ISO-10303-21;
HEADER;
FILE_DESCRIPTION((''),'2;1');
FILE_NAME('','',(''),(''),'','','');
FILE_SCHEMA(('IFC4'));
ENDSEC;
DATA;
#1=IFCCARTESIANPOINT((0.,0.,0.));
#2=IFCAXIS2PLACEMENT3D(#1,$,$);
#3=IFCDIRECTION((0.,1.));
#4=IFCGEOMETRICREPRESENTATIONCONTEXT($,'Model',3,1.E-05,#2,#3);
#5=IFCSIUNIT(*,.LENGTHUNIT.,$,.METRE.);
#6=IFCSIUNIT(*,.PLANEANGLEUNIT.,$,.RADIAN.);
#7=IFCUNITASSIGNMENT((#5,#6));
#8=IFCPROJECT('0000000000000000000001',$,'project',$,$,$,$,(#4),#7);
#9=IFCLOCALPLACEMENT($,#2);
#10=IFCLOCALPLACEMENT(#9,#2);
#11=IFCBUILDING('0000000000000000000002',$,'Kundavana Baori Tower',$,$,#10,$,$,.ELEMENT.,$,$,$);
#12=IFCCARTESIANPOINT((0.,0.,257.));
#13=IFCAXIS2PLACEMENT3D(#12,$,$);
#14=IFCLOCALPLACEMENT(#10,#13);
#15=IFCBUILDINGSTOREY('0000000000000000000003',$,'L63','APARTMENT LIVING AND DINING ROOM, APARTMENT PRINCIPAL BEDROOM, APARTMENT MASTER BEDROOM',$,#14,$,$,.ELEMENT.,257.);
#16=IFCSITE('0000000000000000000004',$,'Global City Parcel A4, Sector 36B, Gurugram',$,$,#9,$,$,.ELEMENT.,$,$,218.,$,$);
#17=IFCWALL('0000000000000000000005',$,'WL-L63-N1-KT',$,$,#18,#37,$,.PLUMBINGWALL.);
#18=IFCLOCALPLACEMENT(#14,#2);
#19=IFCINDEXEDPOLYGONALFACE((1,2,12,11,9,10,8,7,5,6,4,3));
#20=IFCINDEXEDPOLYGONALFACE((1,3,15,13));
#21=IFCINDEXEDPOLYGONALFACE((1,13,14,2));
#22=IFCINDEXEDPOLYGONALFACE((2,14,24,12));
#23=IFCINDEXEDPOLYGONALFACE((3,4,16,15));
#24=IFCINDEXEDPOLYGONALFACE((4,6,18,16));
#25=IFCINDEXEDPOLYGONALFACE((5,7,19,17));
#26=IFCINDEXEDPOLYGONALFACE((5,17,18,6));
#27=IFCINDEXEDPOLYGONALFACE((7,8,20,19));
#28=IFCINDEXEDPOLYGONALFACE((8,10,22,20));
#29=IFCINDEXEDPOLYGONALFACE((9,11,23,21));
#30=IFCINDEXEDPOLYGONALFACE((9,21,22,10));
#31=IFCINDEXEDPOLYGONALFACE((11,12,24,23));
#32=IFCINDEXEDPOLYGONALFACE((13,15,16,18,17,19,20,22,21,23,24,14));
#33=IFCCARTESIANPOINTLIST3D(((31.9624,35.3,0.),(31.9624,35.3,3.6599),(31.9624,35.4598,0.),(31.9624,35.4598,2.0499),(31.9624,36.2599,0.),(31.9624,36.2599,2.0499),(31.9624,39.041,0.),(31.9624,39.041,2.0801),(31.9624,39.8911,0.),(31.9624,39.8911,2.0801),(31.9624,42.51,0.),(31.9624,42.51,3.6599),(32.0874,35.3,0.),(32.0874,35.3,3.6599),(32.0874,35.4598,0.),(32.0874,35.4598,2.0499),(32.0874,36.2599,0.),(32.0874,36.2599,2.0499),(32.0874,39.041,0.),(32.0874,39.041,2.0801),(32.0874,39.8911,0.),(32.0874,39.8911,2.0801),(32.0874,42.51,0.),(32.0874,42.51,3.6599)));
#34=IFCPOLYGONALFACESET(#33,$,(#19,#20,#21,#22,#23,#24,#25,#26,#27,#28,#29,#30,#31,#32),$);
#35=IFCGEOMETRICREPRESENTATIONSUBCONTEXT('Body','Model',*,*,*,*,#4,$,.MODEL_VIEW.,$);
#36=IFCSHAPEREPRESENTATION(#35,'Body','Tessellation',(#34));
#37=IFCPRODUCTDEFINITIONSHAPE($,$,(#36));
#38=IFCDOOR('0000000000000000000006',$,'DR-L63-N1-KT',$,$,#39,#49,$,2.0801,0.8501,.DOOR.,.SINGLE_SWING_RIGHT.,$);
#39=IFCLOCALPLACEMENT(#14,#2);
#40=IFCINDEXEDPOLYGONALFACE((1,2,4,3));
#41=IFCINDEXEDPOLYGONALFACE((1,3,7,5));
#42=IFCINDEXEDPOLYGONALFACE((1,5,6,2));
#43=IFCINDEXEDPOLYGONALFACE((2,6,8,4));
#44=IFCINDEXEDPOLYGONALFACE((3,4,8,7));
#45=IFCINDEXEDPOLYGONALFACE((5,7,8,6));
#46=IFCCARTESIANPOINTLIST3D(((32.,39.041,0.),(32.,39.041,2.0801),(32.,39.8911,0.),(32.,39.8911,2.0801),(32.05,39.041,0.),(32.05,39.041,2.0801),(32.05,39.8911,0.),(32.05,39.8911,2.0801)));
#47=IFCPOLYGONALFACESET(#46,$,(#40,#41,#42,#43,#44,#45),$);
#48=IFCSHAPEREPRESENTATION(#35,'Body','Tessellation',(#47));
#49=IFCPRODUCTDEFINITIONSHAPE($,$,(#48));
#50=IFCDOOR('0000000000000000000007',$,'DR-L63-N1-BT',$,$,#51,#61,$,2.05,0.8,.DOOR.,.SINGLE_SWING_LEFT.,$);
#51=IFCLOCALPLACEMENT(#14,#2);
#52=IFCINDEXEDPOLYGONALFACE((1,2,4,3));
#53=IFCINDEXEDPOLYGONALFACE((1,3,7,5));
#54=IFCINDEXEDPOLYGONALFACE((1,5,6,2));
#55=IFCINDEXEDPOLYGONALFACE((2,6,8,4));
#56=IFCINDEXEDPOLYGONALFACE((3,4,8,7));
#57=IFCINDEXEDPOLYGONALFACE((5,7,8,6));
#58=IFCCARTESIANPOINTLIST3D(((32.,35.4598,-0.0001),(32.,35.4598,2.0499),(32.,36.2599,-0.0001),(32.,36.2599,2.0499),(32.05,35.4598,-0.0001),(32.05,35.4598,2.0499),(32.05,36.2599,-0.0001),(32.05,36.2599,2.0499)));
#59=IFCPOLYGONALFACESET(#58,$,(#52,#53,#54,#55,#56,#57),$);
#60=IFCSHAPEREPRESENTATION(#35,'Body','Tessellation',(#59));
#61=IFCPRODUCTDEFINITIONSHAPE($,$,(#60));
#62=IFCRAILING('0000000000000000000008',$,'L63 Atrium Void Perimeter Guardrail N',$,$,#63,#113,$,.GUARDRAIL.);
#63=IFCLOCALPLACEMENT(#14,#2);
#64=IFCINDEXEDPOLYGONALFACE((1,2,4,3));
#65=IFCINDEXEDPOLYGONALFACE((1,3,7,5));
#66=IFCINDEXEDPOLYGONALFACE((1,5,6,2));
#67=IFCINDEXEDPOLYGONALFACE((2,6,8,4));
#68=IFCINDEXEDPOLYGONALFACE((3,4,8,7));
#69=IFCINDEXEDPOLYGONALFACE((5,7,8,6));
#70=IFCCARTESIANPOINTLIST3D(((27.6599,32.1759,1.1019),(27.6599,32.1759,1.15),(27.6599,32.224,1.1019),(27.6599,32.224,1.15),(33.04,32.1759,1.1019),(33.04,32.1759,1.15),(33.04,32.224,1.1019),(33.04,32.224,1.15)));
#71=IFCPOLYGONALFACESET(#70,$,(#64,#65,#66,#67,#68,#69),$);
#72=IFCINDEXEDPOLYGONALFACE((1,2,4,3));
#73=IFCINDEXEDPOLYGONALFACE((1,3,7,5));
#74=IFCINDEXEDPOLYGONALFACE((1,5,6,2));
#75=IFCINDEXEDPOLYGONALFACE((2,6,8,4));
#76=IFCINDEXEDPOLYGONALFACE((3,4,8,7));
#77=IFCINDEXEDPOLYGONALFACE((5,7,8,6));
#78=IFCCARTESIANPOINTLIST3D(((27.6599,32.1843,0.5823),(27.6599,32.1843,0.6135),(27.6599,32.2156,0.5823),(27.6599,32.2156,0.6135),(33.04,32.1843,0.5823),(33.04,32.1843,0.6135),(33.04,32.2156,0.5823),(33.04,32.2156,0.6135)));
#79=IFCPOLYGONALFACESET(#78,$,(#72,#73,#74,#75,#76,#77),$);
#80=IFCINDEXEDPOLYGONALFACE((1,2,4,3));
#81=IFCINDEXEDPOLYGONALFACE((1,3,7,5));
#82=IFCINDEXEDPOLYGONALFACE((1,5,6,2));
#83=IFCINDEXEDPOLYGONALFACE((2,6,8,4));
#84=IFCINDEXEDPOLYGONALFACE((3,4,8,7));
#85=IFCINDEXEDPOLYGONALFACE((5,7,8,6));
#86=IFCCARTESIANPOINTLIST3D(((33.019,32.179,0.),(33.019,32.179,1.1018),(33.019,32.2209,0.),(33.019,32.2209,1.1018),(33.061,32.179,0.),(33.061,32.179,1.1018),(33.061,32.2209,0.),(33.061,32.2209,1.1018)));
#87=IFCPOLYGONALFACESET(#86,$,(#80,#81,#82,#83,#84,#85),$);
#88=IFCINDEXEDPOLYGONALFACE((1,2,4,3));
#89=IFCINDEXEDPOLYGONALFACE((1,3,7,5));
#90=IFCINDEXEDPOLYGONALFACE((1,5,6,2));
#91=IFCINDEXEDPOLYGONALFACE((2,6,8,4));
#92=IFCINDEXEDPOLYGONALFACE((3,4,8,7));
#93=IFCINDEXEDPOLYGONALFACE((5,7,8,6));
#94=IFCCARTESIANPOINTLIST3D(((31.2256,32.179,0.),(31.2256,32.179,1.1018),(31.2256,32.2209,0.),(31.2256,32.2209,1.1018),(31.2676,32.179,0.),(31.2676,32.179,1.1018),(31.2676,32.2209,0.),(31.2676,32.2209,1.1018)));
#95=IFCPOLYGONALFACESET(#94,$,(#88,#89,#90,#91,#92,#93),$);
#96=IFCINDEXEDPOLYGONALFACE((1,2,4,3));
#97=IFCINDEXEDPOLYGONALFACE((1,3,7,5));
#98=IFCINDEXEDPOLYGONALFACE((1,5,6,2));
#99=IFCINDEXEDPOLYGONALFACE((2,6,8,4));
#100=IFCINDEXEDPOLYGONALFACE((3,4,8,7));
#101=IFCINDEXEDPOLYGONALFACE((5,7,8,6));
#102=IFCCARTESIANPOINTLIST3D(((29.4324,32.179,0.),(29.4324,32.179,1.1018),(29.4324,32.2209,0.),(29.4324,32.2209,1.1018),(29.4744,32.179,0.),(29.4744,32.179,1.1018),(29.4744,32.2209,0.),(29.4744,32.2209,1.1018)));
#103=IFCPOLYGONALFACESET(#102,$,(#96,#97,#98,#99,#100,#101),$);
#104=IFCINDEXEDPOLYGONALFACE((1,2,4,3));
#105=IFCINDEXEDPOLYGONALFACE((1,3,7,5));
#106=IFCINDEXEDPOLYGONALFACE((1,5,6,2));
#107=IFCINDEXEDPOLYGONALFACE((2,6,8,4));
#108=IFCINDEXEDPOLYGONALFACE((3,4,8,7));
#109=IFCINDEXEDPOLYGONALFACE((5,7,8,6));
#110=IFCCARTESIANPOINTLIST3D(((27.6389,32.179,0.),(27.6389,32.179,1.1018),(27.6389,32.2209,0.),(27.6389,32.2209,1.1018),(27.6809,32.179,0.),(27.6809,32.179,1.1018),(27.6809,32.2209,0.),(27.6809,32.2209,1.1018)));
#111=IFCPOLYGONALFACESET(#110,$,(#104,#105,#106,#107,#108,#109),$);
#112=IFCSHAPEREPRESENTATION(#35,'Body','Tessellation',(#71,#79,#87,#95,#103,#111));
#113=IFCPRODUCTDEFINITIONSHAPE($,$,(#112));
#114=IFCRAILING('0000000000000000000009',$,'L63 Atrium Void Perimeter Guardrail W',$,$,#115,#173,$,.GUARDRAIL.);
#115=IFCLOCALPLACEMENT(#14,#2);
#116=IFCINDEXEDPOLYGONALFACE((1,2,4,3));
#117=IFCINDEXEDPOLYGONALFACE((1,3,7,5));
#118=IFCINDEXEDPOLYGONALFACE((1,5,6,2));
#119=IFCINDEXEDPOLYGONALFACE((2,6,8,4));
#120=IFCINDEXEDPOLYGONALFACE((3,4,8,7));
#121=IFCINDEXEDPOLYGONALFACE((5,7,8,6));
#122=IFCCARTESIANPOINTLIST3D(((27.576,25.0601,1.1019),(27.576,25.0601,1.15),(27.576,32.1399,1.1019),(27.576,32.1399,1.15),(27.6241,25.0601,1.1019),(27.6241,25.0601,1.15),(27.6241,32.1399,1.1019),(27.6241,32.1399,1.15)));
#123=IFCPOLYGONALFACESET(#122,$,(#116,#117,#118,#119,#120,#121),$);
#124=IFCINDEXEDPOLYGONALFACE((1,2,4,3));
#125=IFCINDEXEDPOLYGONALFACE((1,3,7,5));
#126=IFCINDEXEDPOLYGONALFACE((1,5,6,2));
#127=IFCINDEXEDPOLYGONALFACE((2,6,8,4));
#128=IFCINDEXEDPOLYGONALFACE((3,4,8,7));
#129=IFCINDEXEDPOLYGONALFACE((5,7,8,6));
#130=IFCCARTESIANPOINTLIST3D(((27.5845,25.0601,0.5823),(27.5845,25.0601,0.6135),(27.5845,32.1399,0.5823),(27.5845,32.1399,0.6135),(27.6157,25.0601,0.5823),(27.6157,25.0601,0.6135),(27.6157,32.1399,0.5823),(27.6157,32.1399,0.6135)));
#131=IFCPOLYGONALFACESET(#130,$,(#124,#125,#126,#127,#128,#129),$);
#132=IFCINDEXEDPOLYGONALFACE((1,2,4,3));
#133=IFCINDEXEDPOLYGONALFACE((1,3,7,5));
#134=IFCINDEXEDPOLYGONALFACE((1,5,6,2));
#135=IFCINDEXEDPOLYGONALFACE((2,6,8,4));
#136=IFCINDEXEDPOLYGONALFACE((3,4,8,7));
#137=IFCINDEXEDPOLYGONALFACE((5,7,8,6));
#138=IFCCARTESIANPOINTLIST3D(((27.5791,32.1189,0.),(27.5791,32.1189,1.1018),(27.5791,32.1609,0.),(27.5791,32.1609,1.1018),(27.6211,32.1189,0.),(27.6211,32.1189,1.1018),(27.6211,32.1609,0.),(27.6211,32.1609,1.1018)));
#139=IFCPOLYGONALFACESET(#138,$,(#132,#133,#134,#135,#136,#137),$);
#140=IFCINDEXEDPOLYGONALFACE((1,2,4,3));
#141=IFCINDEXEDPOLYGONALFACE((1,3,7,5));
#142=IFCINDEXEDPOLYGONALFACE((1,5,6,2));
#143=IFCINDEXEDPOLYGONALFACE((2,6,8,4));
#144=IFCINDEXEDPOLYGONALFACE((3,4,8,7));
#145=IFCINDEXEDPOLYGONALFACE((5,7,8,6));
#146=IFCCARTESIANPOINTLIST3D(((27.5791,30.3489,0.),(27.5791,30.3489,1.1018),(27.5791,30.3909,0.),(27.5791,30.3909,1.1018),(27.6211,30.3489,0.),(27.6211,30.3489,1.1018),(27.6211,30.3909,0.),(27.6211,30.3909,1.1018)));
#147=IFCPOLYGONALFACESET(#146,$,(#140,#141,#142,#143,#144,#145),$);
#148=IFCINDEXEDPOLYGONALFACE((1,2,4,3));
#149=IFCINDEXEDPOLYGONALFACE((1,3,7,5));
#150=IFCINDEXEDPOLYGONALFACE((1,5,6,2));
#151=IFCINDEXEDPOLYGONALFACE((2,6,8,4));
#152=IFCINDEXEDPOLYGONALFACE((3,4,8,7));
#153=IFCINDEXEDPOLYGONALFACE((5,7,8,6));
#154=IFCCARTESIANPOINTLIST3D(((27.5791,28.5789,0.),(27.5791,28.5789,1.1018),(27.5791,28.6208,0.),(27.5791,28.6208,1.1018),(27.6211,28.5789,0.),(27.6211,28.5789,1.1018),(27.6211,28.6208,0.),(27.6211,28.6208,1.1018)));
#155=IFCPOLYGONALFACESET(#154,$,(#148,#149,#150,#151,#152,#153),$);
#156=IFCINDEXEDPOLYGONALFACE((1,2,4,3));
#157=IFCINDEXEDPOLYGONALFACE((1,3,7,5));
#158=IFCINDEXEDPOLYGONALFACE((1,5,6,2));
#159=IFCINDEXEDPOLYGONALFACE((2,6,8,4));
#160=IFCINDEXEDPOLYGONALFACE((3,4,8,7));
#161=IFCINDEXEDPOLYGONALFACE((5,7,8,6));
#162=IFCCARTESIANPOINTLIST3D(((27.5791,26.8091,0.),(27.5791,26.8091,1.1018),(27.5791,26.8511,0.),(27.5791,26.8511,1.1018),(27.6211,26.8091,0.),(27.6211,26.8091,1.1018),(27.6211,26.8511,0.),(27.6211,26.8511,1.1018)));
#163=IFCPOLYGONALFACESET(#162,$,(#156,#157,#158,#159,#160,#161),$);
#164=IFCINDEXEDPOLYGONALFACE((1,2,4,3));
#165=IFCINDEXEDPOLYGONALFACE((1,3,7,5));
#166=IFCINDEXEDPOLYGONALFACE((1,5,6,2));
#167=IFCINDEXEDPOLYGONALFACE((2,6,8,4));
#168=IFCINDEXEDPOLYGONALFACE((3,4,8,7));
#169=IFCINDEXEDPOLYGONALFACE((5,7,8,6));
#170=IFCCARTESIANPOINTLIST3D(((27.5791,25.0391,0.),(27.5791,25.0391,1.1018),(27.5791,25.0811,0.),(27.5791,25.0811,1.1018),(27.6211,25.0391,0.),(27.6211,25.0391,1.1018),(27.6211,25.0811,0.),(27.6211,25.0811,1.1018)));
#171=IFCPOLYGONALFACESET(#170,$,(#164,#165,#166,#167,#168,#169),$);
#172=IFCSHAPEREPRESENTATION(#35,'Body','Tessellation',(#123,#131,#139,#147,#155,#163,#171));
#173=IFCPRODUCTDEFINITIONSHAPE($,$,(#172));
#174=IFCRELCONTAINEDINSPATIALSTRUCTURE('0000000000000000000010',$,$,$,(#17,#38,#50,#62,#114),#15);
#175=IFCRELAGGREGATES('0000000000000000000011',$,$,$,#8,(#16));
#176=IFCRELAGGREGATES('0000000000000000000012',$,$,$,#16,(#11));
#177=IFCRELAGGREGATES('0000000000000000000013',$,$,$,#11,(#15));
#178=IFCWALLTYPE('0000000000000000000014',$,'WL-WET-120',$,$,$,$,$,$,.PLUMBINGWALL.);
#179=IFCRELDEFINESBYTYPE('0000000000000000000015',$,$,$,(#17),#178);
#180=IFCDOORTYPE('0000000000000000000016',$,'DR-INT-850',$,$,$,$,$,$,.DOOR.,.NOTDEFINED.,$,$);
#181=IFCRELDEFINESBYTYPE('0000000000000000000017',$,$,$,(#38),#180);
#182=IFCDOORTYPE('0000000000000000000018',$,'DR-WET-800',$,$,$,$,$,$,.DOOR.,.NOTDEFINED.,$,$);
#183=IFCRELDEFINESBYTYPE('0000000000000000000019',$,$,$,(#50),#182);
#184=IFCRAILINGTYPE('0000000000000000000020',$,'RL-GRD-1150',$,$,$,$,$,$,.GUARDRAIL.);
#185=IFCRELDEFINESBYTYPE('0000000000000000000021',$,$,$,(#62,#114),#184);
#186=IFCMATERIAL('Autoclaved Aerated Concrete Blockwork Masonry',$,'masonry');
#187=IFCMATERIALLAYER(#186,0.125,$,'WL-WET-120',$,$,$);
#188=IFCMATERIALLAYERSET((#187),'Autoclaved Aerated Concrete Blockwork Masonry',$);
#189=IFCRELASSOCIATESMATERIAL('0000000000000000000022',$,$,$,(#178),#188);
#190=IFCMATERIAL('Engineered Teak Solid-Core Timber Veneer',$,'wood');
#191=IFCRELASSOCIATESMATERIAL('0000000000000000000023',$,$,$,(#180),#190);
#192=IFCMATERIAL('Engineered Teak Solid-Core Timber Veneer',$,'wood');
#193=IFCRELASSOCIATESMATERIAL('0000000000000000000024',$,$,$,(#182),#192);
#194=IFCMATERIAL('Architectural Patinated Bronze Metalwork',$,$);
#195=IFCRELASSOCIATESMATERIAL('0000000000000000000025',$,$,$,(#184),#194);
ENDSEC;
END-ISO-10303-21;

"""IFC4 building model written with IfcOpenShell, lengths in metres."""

from ifc_helpers import new_model, si_unit, direction, frame, frame_2d, origin, origin_2d, place, context, subcontext, project, spatial, rectangle, extrude, material, layer, layer_set, type_object, element, fill, save


model = new_model("IFC4")

# Units and contexts
model_context = context("Model", 3, precision=1e-05, world=origin(), true_north=direction((0.0, 1.0)))
body_context = subcontext(model_context, "Body", "Model", "MODEL_VIEW")
ifc_project = project(units=[si_unit("LENGTHUNIT", "METRE"), si_unit("PLANEANGLEUNIT", "RADIAN")], contexts=[model_context])

# Site, building, storey
site_placement = place(None, origin())
site = spatial("IfcSite", under=ifc_project, at=site_placement, Name="Global City Parcel A4, Sector 36B, Gurugram", CompositionType="ELEMENT", RefElevation=218.0)
building_placement = place(site_placement, origin())
building = spatial("IfcBuilding", under=site, at=building_placement, Name="Kundavana Baori Tower", CompositionType="ELEMENT")
storey_placement = place(building_placement, frame((0.0, 0.0, 257.0)))
storey = spatial("IfcBuildingStorey", under=building, at=storey_placement, Name="L63", Description="APARTMENT LIVING AND DINING ROOM, APARTMENT PRINCIPAL BEDROOM, APARTMENT MASTER BEDROOM", CompositionType="ELEMENT", Elevation=257.0)

# Wall, openings, doors
ifc_material_1 = material(Name="Autoclaved Aerated Concrete Blockwork Masonry", Category="masonry")
ifc_layer_1 = layer(ifc_material_1, 0.125, Name="WL-WET-120")
ifc_layer_set_1 = layer_set([ifc_layer_1], Name="Autoclaved Aerated Concrete Blockwork Masonry")
wall_type_1 = type_object("IfcWallType", Name="WL-WET-120", PredefinedType="PLUMBINGWALL", material=ifc_layer_set_1)
wall_1_placement = place(storey_placement, frame((32.0249, 35.3, 0.0), z_axis=(0.0, 0.0, 1.0), x_axis=(0.0, 1.0, 0.0)))
wall_1 = element("IfcWall", 1, at=wall_1_placement, inside=storey, type_object=wall_type_1, Name="WL-L63-N1-KT", PredefinedType="PLUMBINGWALL", context=body_context, shape_type="SweptSolid", body=[
    extrude(rectangle(XDim=7.21, YDim=0.125, at=frame_2d((3.605, 0.0))), origin(), (0.0, 0.0, 1.0), 3.6599),
])
opening_1_placement = place(wall_1_placement, frame((0.1599, 0.0, 0.0)))
opening_1 = element("IfcOpeningElement", 2, at=opening_1_placement, cuts=wall_1, PredefinedType="OPENING", context=body_context, shape_type="SweptSolid", body=[
    extrude(rectangle(XDim=0.8, YDim=2.05, at=frame_2d((0.3999, 1.0249))), frame((0.0, 0.0725, 0.0), z_axis=(0.0, -1.0, 0.0), x_axis=(1.0, 0.0, 0.0)), (0.0, 0.0, 1.0), 0.145),
])
opening_2_placement = place(wall_1_placement, frame((3.741, 0.0, 0.0)))
opening_2 = element("IfcOpeningElement", 3, at=opening_2_placement, cuts=wall_1, PredefinedType="OPENING", context=body_context, shape_type="SweptSolid", body=[
    extrude(rectangle(XDim=0.8501, YDim=2.0801, at=frame_2d((0.425, 1.04))), frame((0.0, 0.0725, 0.0), z_axis=(0.0, -1.0, 0.0), x_axis=(1.0, 0.0, 0.0)), (0.0, 0.0, 1.0), 0.145),
])
ifc_material_2 = material(Name="Engineered Teak Solid-Core Timber Veneer", Category="wood")
door_type_1 = type_object("IfcDoorType", Name="DR-INT-850", OperationType="NOTDEFINED", PredefinedType="DOOR", material=ifc_material_2)
door_1_placement = place(opening_2_placement, origin())
door_1 = element("IfcDoor", 4, at=door_1_placement, inside=storey, type_object=door_type_1, Name="DR-L63-N1-KT", OperationType="SINGLE_SWING_RIGHT", OverallHeight=2.0801, OverallWidth=0.8501, PredefinedType="DOOR", context=body_context, shape_type="SweptSolid", body=[
    extrude(rectangle(XDim=0.8501, YDim=2.0801, at=frame_2d((0.425, 1.04))), frame((0.0, 0.0249, 0.0), z_axis=(0.0, -1.0, 0.0), x_axis=(1.0, 0.0, 0.0)), (0.0, 0.0, 1.0), 0.05),
])
fill(opening_2, door_1)
ifc_material_3 = material(Name="Engineered Teak Solid-Core Timber Veneer", Category="wood")
door_type_2 = type_object("IfcDoorType", Name="DR-WET-800", OperationType="NOTDEFINED", PredefinedType="DOOR", material=ifc_material_3)
door_2_placement = place(opening_1_placement, origin())
door_2 = element("IfcDoor", 5, at=door_2_placement, inside=storey, type_object=door_type_2, Name="DR-L63-N1-BT", OperationType="SINGLE_SWING_LEFT", OverallHeight=2.05, OverallWidth=0.8, PredefinedType="DOOR", context=body_context, shape_type="SweptSolid", body=[
    extrude(rectangle(XDim=0.8, YDim=2.05, at=frame_2d((0.3999, 1.0249))), frame((0.0, 0.0249, 0.0), z_axis=(0.0, -1.0, 0.0), x_axis=(1.0, 0.0, 0.0)), (0.0, 0.0, 1.0), 0.05),
])
fill(opening_1, door_2)

# Railings
ifc_material_4 = material(Name="Architectural Patinated Bronze Metalwork")
railing_type = type_object("IfcRailingType", Name="RL-GRD-1150", PredefinedType="GUARDRAIL", material=ifc_material_4)
railing_1_placement = place(storey_placement, frame((33.04, 32.2, 0.0)))
element("IfcRailing", 6, at=railing_1_placement, inside=storey, type_object=railing_type, Name="L63 Atrium Void Perimeter Guardrail N", PredefinedType="GUARDRAIL", context=body_context, shape_type="SweptSolid", body=[
    extrude(rectangle(XDim=0.0481, YDim=0.0481, at=origin_2d()), frame((0.0, 0.0, 1.126), z_axis=(-1.0, 0.0, 0.0), x_axis=(0.0, -1.0, 0.0)), (0.0, 0.0, 1.0), 5.3801),
    extrude(rectangle(XDim=0.0312, YDim=0.0312, at=origin_2d()), frame((0.0, 0.0, 0.5979), z_axis=(-1.0, 0.0, 0.0), x_axis=(0.0, -1.0, 0.0)), (0.0, 0.0, 1.0), 5.3801),
    extrude(rectangle(XDim=0.042, YDim=0.042, at=origin_2d()), origin(), (0.0, 0.0, 1.0), 1.1018),
    extrude(rectangle(XDim=0.042, YDim=0.042, at=origin_2d()), frame((-1.7935, 0.0, 0.0)), (0.0, 0.0, 1.0), 1.1018),
    extrude(rectangle(XDim=0.042, YDim=0.042, at=origin_2d()), frame((-3.5867, 0.0, 0.0)), (0.0, 0.0, 1.0), 1.1018),
    extrude(rectangle(XDim=0.042, YDim=0.042, at=origin_2d()), frame((-5.3801, 0.0, 0.0)), (0.0, 0.0, 1.0), 1.1018),
])
railing_2_placement = place(storey_placement, frame((27.6001, 32.1399, 0.0)))
element("IfcRailing", 7, at=railing_2_placement, inside=storey, type_object=railing_type, Name="L63 Atrium Void Perimeter Guardrail W", PredefinedType="GUARDRAIL", context=body_context, shape_type="SweptSolid", body=[
    extrude(rectangle(XDim=0.0481, YDim=0.0481, at=origin_2d()), frame((0.0, 0.0, 1.126), z_axis=(0.0, -1.0, 0.0), x_axis=(1.0, 0.0, 0.0)), (0.0, 0.0, 1.0), 7.0798),
    extrude(rectangle(XDim=0.0312, YDim=0.0312, at=origin_2d()), frame((0.0, 0.0, 0.5979), z_axis=(0.0, -1.0, 0.0), x_axis=(1.0, 0.0, 0.0)), (0.0, 0.0, 1.0), 7.0798),
    extrude(rectangle(XDim=0.042, YDim=0.042, at=origin_2d()), origin(), (0.0, 0.0, 1.0), 1.1018),
    extrude(rectangle(XDim=0.042, YDim=0.042, at=origin_2d()), frame((0.0, -1.77, 0.0)), (0.0, 0.0, 1.0), 1.1018),
    extrude(rectangle(XDim=0.042, YDim=0.042, at=origin_2d()), frame((0.0, -3.54, 0.0)), (0.0, 0.0, 1.0), 1.1018),
    extrude(rectangle(XDim=0.042, YDim=0.042, at=origin_2d()), frame((0.0, -5.3098, 0.0)), (0.0, 0.0, 1.0), 1.1018),
    extrude(rectangle(XDim=0.042, YDim=0.042, at=origin_2d()), frame((0.0, -7.0798, 0.0)), (0.0, 0.0, 1.0), 1.1018),
])

save(model, "model.ifc")
